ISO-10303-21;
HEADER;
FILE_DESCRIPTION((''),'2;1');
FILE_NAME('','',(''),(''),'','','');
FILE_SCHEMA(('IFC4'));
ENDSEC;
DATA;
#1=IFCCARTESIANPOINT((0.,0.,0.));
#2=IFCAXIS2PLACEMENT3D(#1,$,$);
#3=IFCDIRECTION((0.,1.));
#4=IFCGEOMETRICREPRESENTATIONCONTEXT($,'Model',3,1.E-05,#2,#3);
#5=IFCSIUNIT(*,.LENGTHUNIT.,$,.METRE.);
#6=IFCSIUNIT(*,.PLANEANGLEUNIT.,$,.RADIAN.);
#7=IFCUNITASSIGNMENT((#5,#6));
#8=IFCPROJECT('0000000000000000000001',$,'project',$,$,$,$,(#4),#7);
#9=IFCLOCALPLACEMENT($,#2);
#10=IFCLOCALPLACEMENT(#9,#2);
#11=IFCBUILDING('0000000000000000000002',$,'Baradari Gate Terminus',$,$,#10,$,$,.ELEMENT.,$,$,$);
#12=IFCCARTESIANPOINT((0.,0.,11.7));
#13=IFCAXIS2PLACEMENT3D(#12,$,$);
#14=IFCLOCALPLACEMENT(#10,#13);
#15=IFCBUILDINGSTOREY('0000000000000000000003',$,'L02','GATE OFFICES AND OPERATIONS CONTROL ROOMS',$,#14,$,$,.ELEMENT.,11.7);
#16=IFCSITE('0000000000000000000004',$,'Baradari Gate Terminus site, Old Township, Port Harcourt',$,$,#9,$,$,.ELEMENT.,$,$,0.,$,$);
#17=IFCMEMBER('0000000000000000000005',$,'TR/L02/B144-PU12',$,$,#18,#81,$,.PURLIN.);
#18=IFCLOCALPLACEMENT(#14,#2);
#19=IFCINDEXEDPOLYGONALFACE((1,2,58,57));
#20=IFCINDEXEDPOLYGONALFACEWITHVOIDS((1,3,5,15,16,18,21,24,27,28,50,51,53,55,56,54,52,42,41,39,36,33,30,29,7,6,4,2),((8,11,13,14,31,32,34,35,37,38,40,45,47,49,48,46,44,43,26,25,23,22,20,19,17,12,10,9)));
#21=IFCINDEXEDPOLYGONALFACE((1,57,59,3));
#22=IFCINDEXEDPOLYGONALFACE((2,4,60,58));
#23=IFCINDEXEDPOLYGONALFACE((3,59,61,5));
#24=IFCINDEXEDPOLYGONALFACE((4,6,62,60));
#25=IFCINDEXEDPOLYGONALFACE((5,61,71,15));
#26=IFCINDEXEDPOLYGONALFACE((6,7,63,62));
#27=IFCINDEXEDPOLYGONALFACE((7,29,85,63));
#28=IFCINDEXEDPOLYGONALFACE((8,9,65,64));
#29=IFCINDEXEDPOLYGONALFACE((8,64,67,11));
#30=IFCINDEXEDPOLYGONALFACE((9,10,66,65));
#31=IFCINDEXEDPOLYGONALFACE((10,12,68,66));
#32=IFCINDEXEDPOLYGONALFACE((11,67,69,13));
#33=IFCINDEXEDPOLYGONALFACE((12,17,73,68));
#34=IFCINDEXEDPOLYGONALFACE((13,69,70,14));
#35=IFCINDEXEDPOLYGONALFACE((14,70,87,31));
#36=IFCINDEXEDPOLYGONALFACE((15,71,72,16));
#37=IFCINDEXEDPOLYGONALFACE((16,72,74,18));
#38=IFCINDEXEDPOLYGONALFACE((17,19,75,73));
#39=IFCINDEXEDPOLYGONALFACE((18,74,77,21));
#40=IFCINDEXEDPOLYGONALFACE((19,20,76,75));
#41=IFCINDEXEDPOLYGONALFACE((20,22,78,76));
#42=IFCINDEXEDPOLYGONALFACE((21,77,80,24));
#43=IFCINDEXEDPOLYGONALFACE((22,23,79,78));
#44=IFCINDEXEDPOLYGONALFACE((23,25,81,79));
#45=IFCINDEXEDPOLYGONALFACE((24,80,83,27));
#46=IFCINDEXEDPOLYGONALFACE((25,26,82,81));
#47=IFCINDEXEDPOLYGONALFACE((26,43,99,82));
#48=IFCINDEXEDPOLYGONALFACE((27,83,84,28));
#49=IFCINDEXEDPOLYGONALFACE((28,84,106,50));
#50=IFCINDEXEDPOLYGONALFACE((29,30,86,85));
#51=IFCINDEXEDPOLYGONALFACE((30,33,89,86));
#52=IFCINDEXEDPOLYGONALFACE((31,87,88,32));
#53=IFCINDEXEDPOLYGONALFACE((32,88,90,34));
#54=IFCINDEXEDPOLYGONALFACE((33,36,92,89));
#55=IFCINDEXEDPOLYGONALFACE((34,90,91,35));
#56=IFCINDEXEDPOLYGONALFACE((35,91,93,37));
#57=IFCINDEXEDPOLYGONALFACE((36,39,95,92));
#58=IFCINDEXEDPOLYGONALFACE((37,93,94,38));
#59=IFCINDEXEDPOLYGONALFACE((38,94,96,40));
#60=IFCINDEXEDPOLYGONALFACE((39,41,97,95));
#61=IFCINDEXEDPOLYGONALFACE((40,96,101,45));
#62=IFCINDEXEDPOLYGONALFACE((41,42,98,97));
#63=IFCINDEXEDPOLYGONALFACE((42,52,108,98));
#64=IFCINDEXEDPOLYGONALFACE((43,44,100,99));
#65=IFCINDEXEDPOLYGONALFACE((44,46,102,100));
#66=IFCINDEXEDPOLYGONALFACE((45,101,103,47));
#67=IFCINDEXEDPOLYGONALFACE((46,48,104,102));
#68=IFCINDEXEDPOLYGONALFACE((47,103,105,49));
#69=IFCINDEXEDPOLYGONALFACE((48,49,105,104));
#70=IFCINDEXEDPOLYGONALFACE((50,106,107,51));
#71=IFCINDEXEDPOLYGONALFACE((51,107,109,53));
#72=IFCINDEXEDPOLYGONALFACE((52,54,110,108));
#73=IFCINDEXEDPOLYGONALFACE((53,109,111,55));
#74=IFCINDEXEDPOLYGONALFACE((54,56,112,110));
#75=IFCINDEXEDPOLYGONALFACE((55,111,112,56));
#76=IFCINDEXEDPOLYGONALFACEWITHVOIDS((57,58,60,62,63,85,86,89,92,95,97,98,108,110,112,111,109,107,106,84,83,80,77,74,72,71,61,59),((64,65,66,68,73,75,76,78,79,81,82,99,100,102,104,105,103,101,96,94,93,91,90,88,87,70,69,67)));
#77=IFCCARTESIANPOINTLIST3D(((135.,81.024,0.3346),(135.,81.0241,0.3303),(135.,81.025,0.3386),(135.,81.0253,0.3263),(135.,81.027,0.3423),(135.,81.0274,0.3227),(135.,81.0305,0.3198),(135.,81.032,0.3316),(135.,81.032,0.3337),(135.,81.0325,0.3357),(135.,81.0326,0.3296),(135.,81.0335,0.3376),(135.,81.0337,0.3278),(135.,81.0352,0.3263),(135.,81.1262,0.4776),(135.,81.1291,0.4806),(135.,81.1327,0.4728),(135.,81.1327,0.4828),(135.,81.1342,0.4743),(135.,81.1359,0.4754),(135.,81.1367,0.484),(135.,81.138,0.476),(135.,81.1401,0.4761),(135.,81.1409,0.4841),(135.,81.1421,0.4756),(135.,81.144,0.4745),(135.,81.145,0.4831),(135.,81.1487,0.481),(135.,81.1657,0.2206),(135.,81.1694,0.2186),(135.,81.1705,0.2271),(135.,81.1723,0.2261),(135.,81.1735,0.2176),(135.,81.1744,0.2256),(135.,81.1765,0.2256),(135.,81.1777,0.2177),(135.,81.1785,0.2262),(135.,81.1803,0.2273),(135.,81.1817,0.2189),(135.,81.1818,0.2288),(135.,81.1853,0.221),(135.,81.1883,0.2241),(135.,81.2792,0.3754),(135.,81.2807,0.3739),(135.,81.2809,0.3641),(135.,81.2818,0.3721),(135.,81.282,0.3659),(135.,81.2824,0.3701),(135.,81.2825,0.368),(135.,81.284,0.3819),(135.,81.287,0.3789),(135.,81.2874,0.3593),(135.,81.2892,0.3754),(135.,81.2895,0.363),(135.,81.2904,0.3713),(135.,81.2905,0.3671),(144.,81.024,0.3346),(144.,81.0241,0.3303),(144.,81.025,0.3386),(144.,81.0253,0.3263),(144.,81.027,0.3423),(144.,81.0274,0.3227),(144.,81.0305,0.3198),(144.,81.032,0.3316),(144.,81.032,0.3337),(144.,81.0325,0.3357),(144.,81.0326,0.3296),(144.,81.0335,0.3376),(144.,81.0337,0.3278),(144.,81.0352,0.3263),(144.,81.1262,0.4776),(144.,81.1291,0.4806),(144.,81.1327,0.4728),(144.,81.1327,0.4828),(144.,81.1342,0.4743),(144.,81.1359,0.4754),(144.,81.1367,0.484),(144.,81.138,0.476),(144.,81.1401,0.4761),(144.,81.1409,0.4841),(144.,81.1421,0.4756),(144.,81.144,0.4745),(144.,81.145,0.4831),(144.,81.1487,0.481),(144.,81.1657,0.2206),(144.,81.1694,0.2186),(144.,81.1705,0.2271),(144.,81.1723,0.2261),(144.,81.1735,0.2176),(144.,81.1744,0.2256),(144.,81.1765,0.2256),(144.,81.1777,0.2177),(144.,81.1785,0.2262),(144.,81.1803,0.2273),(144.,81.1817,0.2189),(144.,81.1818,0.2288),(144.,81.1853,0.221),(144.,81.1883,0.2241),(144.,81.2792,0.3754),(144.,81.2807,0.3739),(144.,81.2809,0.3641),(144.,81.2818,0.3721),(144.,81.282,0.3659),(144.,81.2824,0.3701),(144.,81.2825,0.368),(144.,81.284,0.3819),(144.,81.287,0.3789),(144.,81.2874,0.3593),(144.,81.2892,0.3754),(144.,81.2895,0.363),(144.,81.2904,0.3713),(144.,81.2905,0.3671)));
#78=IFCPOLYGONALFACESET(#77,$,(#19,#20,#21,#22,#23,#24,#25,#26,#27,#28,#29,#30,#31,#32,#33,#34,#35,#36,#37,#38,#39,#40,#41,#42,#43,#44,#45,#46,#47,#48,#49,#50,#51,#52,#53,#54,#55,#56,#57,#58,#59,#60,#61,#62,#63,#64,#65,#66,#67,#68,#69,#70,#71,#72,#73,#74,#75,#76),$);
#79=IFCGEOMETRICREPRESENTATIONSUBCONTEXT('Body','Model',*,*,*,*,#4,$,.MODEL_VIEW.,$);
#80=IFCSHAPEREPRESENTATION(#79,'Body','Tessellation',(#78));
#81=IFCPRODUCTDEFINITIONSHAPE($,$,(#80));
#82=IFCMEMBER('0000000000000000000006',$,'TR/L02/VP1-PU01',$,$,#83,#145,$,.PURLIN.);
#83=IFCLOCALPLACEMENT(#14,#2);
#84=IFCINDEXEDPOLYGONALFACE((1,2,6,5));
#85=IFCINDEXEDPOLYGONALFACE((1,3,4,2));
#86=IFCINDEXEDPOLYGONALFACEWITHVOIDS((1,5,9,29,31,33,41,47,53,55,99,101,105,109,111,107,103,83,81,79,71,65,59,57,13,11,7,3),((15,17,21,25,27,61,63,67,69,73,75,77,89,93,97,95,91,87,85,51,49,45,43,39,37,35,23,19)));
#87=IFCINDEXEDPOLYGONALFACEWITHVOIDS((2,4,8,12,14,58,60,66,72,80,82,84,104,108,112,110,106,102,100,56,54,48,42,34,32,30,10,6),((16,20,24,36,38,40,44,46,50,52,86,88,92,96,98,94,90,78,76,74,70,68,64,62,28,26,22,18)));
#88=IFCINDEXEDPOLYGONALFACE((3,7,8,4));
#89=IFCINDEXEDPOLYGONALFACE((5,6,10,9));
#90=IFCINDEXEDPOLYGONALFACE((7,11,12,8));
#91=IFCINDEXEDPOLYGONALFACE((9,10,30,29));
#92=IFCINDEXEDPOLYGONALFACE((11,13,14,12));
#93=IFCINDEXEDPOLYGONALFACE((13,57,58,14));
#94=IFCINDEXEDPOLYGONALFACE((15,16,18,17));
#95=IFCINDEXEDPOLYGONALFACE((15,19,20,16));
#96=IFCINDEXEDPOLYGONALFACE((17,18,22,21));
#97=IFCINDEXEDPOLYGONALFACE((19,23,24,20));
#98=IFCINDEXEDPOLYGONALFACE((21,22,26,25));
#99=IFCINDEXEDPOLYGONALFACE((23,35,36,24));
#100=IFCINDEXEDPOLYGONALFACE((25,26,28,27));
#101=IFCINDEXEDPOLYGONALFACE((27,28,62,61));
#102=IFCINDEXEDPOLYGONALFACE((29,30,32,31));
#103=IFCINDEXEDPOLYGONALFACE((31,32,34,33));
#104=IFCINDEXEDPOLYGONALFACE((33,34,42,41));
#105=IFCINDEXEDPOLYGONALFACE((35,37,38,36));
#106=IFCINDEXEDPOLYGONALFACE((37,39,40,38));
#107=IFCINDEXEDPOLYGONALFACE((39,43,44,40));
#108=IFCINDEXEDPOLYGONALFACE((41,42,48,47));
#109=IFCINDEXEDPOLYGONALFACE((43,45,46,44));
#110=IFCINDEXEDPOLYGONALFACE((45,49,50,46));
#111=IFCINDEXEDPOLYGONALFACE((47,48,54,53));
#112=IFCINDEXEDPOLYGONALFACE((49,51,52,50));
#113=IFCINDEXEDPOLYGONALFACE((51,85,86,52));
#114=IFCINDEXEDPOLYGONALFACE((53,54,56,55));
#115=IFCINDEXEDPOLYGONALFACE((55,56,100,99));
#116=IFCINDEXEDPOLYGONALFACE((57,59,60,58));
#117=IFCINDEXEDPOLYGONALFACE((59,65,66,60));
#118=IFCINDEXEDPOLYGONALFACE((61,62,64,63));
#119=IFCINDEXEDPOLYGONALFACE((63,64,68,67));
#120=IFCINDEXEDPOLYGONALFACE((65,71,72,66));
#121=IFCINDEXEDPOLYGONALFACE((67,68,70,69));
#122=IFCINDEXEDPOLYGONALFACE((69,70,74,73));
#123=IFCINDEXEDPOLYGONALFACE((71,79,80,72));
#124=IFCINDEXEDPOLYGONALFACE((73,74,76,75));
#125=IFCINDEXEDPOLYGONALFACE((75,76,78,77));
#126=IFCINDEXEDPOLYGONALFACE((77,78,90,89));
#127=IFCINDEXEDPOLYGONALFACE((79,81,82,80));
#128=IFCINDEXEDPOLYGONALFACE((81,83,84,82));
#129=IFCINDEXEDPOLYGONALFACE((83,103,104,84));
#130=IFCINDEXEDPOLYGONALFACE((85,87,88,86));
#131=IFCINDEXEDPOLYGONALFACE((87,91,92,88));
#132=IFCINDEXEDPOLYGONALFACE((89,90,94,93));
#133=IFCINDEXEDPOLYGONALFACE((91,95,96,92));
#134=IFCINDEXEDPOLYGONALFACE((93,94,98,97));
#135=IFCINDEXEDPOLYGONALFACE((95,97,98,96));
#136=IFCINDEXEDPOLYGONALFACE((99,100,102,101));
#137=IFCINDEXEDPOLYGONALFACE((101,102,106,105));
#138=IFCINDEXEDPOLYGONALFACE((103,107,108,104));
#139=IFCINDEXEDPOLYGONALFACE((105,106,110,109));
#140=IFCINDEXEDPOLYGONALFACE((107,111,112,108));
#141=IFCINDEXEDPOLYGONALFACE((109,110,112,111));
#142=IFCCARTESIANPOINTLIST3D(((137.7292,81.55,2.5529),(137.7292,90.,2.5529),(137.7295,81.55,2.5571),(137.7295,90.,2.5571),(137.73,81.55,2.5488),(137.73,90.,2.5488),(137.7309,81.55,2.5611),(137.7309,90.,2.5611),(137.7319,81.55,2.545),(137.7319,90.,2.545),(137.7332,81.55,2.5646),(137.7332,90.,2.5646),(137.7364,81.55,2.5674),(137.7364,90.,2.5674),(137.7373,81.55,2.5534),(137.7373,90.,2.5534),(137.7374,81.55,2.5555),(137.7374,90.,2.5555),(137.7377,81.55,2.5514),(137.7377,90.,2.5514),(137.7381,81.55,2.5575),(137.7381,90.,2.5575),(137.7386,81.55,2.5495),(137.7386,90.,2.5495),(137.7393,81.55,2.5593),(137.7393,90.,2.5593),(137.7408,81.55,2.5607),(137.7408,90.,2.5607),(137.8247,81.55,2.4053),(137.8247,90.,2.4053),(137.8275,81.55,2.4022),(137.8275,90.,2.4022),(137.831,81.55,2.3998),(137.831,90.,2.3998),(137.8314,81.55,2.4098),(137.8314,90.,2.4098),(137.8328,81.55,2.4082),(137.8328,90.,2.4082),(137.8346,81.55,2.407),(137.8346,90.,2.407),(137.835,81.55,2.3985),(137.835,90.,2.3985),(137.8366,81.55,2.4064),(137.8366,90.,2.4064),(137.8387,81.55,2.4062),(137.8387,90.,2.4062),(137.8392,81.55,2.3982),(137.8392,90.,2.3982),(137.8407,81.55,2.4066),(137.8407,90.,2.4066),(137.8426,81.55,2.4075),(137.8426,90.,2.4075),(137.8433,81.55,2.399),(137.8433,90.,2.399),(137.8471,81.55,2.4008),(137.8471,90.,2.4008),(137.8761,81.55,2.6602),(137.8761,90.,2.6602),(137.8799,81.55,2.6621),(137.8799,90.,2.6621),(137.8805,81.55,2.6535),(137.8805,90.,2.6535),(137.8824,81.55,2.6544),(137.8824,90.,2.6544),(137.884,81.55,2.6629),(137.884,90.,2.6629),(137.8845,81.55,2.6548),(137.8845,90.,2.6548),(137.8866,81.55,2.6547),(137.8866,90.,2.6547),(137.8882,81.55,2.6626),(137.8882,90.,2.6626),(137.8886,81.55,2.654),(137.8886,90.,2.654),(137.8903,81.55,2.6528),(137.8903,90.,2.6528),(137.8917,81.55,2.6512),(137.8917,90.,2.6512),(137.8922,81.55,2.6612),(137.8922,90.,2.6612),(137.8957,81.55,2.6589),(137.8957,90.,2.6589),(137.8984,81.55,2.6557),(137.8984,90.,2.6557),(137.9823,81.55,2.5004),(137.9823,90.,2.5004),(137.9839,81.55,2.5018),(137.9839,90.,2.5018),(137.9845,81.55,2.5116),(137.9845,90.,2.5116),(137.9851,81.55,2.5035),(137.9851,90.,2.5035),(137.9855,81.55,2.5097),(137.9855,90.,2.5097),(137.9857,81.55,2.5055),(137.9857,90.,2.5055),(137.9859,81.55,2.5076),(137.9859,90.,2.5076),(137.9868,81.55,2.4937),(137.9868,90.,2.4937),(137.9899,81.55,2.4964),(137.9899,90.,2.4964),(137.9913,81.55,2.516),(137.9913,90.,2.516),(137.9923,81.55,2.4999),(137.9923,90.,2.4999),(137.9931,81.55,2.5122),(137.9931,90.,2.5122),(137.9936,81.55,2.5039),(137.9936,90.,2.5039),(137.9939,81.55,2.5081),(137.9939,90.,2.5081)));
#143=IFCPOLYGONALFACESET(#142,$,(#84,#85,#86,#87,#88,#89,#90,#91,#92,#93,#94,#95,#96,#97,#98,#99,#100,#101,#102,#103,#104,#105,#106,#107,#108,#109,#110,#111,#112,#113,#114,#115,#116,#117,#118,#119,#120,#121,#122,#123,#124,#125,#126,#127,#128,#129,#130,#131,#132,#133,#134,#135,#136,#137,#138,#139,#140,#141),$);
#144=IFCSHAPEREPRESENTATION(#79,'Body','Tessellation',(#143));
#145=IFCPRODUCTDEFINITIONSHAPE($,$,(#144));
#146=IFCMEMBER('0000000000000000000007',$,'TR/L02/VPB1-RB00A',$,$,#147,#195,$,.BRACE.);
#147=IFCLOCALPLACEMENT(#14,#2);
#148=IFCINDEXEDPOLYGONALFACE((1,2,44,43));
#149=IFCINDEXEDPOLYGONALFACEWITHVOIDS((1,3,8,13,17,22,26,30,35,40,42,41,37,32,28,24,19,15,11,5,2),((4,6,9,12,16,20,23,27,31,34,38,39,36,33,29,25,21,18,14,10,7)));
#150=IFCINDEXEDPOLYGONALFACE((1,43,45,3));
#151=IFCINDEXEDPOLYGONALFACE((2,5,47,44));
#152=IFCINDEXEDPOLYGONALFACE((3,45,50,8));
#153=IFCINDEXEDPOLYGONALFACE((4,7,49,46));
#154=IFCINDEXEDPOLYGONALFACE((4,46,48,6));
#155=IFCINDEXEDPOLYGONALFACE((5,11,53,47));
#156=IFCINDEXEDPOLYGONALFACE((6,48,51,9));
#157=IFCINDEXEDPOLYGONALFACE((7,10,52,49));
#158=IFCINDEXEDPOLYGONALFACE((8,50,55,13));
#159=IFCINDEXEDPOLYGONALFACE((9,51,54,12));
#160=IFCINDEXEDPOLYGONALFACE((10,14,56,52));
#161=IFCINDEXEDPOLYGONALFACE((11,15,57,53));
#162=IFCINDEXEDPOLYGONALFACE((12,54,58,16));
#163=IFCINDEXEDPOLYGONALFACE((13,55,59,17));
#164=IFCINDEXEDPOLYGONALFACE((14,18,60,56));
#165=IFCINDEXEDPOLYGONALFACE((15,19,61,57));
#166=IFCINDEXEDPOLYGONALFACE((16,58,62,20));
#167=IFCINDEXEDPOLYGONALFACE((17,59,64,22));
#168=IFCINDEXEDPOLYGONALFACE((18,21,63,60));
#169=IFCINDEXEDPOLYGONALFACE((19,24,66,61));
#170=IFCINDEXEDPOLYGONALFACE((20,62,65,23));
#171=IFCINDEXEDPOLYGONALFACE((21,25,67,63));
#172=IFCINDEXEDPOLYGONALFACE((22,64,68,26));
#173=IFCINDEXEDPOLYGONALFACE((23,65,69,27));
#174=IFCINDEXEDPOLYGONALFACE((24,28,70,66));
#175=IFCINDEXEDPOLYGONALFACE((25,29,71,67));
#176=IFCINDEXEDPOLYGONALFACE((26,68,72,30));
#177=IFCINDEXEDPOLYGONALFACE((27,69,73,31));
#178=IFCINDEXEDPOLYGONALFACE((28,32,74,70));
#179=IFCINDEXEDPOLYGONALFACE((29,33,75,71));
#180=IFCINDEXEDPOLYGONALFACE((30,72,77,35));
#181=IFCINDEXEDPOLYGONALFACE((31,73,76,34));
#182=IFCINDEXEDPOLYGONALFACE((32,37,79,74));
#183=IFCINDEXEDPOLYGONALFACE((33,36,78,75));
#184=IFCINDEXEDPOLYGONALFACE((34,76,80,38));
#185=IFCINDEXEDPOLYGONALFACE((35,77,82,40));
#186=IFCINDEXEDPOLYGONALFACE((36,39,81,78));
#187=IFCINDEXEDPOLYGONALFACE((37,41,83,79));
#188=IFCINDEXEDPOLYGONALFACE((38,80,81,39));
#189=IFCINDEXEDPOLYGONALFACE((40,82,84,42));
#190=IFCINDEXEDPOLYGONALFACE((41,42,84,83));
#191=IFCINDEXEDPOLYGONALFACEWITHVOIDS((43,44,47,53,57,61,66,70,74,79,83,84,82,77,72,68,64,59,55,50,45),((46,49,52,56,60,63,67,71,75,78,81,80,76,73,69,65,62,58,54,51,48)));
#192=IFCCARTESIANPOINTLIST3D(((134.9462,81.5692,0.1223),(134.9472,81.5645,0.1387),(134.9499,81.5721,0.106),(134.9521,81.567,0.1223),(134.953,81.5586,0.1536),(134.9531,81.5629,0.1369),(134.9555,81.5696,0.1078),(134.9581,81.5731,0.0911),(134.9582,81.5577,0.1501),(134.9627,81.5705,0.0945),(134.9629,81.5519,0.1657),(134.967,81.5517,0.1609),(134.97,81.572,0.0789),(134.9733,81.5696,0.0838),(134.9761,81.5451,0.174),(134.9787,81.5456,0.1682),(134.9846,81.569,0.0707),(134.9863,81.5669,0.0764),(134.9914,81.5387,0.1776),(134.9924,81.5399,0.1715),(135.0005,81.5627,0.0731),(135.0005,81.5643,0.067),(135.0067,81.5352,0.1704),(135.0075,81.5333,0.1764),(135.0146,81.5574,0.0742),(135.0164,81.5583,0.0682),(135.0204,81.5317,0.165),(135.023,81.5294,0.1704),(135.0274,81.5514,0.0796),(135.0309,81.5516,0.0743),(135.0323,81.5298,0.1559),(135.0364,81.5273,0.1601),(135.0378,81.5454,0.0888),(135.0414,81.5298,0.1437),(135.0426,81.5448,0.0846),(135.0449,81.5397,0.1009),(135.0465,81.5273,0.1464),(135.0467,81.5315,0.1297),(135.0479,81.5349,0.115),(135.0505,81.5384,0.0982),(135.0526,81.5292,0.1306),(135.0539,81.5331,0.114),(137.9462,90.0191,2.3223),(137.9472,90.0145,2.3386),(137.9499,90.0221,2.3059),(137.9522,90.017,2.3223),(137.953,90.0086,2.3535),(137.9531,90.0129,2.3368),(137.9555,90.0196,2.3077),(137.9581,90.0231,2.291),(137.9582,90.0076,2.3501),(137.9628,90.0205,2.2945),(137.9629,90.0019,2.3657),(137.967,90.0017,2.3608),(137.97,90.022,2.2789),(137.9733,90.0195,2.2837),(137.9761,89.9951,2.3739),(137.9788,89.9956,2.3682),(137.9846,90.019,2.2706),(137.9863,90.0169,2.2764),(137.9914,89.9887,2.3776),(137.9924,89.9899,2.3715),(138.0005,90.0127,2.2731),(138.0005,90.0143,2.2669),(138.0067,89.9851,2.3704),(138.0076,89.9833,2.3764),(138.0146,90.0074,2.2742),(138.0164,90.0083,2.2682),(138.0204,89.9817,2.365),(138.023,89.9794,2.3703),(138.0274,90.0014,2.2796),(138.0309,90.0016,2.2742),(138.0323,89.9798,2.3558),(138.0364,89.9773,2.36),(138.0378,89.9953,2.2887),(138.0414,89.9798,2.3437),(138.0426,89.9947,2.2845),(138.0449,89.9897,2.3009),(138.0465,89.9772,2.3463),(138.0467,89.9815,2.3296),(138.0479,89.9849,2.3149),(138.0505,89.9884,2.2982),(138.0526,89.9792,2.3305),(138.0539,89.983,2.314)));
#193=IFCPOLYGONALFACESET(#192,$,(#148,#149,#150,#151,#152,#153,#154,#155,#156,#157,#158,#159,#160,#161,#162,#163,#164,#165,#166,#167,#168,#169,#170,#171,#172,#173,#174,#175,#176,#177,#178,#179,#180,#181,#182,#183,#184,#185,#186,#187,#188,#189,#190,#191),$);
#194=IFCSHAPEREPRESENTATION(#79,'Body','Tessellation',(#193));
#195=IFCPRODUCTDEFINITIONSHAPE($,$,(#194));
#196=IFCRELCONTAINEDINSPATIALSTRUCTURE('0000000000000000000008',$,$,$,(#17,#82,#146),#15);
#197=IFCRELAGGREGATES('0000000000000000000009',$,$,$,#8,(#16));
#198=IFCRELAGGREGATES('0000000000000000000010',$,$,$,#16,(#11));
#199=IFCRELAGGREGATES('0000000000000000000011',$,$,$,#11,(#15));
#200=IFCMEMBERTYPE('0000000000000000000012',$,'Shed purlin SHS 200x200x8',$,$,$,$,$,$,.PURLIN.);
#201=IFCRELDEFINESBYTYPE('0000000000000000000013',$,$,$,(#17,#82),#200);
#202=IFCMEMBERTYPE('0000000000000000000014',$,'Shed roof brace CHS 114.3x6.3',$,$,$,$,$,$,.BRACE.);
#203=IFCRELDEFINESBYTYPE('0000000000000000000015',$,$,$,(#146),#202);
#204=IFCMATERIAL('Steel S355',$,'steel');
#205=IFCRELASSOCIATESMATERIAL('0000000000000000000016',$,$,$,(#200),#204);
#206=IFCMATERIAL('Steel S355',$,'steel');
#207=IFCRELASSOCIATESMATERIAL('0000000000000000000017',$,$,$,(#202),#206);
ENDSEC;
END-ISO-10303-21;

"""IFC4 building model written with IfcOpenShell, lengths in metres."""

from ifc_helpers import new_model, si_unit, direction, frame, origin, origin_2d, place, context, subcontext, project, spatial, hollow_rectangle, hollow_circle, extrude, material, material_profile, profile_set, type_object, element, save


model = new_model("IFC4")

# Units and contexts
model_context = context("Model", 3, precision=1e-05, world=origin(), true_north=direction((0.0, 1.0)))
body_context = subcontext(model_context, "Body", "Model", "MODEL_VIEW")
ifc_project = project(units=[si_unit("LENGTHUNIT", "METRE"), si_unit("PLANEANGLEUNIT", "RADIAN")], contexts=[model_context])

# Site, building, storey
site_placement = place(None, origin())
site = spatial("IfcSite", under=ifc_project, at=site_placement, Name="Baradari Gate Terminus site, Old Township, Port Harcourt", CompositionType="ELEMENT", RefElevation=0.0)
building_placement = place(site_placement, origin())
building = spatial("IfcBuilding", under=site, at=building_placement, Name="Baradari Gate Terminus", CompositionType="ELEMENT")
storey_placement = place(building_placement, frame((0.0, 0.0, 11.7)))
storey = spatial("IfcBuildingStorey", under=building, at=storey_placement, Name="L02", Description="GATE OFFICES AND OPERATIONS CONTROL ROOMS", CompositionType="ELEMENT", Elevation=11.7)

# Members
ifc_material_1 = material(Name="Steel S355", Category="steel")
ifc_material_profile_1 = material_profile(ifc_material_1, hollow_rectangle(XDim=0.2, YDim=0.2, WallThickness=0.0081, InnerFilletRadius=0.0081, OuterFilletRadius=0.0161, at=origin_2d()), Name="SHS 200x200x8")
ifc_profile_set_1 = profile_set([ifc_material_profile_1], Name="Steel S355")
member_type_1 = type_object("IfcMemberType", Name="Shed purlin SHS 200x200x8", PredefinedType="PURLIN", material=ifc_profile_set_1)
member_1_placement = place(storey_placement, frame((135.0, 81.1572, 0.3508), z_axis=(1.0, 0.0, 0.0), x_axis=(0.0, 0.806405, -0.591364)))
element("IfcMember", 1, at=member_1_placement, inside=storey, type_object=member_type_1, Name="TR/L02/B144-PU12", PredefinedType="PURLIN", context=body_context, shape_type="SweptSolid", body=[
    extrude(hollow_rectangle(XDim=0.2, YDim=0.2, WallThickness=0.0081, InnerFilletRadius=0.0081, OuterFilletRadius=0.0161, at=origin_2d()), origin(), (0.0, 0.0, 1.0), 9.0),
])
member_2_placement = place(storey_placement, frame((137.8616, 81.55, 2.5305), z_axis=(0.0, 1.0, 0.0), x_axis=(-0.832836, 0.0, -0.553519)))
element("IfcMember", 2, at=member_2_placement, inside=storey, type_object=member_type_1, Name="TR/L02/VP1-PU01", PredefinedType="PURLIN", context=body_context, shape_type="SweptSolid", body=[
    extrude(hollow_rectangle(XDim=0.2, YDim=0.2, WallThickness=0.0081, InnerFilletRadius=0.0081, OuterFilletRadius=0.0161, at=origin_2d()), origin(), (0.0, 0.0, 1.0), 8.45),
])
ifc_material_2 = material(Name="Steel S355", Category="steel")
ifc_material_profile_2 = material_profile(ifc_material_2, hollow_circle(Radius=0.0571, WallThickness=0.0063, at=origin_2d()), Name="CHS 114.3x6.3")
ifc_profile_set_2 = profile_set([ifc_material_profile_2], Name="Steel S355")
member_type_2 = type_object("IfcMemberType", Name="Shed roof brace CHS 114.3x6.3", PredefinedType="BRACE", material=ifc_profile_set_2)
for number, where, z_axis, x_axis, name in (
    (3, (135.0, 81.55, 0.1223), (0.324934, 0.915227, 0.23828), (-0.94237, 0.334571, 0.0), "TR/L02/VPB1-RB00A"),
):
    element("IfcMember", number, at=place(storey_placement, frame(where, z_axis=z_axis, x_axis=x_axis)), inside=storey, type_object=member_type_2, Name=name, PredefinedType="BRACE", context=body_context, shape_type="SweptSolid", body=[
        extrude(hollow_circle(Radius=0.0571, WallThickness=0.0063, at=origin_2d()), origin(), (0.0, 0.0, 1.0), 9.2327),
    ])

save(model, "model.ifc")
